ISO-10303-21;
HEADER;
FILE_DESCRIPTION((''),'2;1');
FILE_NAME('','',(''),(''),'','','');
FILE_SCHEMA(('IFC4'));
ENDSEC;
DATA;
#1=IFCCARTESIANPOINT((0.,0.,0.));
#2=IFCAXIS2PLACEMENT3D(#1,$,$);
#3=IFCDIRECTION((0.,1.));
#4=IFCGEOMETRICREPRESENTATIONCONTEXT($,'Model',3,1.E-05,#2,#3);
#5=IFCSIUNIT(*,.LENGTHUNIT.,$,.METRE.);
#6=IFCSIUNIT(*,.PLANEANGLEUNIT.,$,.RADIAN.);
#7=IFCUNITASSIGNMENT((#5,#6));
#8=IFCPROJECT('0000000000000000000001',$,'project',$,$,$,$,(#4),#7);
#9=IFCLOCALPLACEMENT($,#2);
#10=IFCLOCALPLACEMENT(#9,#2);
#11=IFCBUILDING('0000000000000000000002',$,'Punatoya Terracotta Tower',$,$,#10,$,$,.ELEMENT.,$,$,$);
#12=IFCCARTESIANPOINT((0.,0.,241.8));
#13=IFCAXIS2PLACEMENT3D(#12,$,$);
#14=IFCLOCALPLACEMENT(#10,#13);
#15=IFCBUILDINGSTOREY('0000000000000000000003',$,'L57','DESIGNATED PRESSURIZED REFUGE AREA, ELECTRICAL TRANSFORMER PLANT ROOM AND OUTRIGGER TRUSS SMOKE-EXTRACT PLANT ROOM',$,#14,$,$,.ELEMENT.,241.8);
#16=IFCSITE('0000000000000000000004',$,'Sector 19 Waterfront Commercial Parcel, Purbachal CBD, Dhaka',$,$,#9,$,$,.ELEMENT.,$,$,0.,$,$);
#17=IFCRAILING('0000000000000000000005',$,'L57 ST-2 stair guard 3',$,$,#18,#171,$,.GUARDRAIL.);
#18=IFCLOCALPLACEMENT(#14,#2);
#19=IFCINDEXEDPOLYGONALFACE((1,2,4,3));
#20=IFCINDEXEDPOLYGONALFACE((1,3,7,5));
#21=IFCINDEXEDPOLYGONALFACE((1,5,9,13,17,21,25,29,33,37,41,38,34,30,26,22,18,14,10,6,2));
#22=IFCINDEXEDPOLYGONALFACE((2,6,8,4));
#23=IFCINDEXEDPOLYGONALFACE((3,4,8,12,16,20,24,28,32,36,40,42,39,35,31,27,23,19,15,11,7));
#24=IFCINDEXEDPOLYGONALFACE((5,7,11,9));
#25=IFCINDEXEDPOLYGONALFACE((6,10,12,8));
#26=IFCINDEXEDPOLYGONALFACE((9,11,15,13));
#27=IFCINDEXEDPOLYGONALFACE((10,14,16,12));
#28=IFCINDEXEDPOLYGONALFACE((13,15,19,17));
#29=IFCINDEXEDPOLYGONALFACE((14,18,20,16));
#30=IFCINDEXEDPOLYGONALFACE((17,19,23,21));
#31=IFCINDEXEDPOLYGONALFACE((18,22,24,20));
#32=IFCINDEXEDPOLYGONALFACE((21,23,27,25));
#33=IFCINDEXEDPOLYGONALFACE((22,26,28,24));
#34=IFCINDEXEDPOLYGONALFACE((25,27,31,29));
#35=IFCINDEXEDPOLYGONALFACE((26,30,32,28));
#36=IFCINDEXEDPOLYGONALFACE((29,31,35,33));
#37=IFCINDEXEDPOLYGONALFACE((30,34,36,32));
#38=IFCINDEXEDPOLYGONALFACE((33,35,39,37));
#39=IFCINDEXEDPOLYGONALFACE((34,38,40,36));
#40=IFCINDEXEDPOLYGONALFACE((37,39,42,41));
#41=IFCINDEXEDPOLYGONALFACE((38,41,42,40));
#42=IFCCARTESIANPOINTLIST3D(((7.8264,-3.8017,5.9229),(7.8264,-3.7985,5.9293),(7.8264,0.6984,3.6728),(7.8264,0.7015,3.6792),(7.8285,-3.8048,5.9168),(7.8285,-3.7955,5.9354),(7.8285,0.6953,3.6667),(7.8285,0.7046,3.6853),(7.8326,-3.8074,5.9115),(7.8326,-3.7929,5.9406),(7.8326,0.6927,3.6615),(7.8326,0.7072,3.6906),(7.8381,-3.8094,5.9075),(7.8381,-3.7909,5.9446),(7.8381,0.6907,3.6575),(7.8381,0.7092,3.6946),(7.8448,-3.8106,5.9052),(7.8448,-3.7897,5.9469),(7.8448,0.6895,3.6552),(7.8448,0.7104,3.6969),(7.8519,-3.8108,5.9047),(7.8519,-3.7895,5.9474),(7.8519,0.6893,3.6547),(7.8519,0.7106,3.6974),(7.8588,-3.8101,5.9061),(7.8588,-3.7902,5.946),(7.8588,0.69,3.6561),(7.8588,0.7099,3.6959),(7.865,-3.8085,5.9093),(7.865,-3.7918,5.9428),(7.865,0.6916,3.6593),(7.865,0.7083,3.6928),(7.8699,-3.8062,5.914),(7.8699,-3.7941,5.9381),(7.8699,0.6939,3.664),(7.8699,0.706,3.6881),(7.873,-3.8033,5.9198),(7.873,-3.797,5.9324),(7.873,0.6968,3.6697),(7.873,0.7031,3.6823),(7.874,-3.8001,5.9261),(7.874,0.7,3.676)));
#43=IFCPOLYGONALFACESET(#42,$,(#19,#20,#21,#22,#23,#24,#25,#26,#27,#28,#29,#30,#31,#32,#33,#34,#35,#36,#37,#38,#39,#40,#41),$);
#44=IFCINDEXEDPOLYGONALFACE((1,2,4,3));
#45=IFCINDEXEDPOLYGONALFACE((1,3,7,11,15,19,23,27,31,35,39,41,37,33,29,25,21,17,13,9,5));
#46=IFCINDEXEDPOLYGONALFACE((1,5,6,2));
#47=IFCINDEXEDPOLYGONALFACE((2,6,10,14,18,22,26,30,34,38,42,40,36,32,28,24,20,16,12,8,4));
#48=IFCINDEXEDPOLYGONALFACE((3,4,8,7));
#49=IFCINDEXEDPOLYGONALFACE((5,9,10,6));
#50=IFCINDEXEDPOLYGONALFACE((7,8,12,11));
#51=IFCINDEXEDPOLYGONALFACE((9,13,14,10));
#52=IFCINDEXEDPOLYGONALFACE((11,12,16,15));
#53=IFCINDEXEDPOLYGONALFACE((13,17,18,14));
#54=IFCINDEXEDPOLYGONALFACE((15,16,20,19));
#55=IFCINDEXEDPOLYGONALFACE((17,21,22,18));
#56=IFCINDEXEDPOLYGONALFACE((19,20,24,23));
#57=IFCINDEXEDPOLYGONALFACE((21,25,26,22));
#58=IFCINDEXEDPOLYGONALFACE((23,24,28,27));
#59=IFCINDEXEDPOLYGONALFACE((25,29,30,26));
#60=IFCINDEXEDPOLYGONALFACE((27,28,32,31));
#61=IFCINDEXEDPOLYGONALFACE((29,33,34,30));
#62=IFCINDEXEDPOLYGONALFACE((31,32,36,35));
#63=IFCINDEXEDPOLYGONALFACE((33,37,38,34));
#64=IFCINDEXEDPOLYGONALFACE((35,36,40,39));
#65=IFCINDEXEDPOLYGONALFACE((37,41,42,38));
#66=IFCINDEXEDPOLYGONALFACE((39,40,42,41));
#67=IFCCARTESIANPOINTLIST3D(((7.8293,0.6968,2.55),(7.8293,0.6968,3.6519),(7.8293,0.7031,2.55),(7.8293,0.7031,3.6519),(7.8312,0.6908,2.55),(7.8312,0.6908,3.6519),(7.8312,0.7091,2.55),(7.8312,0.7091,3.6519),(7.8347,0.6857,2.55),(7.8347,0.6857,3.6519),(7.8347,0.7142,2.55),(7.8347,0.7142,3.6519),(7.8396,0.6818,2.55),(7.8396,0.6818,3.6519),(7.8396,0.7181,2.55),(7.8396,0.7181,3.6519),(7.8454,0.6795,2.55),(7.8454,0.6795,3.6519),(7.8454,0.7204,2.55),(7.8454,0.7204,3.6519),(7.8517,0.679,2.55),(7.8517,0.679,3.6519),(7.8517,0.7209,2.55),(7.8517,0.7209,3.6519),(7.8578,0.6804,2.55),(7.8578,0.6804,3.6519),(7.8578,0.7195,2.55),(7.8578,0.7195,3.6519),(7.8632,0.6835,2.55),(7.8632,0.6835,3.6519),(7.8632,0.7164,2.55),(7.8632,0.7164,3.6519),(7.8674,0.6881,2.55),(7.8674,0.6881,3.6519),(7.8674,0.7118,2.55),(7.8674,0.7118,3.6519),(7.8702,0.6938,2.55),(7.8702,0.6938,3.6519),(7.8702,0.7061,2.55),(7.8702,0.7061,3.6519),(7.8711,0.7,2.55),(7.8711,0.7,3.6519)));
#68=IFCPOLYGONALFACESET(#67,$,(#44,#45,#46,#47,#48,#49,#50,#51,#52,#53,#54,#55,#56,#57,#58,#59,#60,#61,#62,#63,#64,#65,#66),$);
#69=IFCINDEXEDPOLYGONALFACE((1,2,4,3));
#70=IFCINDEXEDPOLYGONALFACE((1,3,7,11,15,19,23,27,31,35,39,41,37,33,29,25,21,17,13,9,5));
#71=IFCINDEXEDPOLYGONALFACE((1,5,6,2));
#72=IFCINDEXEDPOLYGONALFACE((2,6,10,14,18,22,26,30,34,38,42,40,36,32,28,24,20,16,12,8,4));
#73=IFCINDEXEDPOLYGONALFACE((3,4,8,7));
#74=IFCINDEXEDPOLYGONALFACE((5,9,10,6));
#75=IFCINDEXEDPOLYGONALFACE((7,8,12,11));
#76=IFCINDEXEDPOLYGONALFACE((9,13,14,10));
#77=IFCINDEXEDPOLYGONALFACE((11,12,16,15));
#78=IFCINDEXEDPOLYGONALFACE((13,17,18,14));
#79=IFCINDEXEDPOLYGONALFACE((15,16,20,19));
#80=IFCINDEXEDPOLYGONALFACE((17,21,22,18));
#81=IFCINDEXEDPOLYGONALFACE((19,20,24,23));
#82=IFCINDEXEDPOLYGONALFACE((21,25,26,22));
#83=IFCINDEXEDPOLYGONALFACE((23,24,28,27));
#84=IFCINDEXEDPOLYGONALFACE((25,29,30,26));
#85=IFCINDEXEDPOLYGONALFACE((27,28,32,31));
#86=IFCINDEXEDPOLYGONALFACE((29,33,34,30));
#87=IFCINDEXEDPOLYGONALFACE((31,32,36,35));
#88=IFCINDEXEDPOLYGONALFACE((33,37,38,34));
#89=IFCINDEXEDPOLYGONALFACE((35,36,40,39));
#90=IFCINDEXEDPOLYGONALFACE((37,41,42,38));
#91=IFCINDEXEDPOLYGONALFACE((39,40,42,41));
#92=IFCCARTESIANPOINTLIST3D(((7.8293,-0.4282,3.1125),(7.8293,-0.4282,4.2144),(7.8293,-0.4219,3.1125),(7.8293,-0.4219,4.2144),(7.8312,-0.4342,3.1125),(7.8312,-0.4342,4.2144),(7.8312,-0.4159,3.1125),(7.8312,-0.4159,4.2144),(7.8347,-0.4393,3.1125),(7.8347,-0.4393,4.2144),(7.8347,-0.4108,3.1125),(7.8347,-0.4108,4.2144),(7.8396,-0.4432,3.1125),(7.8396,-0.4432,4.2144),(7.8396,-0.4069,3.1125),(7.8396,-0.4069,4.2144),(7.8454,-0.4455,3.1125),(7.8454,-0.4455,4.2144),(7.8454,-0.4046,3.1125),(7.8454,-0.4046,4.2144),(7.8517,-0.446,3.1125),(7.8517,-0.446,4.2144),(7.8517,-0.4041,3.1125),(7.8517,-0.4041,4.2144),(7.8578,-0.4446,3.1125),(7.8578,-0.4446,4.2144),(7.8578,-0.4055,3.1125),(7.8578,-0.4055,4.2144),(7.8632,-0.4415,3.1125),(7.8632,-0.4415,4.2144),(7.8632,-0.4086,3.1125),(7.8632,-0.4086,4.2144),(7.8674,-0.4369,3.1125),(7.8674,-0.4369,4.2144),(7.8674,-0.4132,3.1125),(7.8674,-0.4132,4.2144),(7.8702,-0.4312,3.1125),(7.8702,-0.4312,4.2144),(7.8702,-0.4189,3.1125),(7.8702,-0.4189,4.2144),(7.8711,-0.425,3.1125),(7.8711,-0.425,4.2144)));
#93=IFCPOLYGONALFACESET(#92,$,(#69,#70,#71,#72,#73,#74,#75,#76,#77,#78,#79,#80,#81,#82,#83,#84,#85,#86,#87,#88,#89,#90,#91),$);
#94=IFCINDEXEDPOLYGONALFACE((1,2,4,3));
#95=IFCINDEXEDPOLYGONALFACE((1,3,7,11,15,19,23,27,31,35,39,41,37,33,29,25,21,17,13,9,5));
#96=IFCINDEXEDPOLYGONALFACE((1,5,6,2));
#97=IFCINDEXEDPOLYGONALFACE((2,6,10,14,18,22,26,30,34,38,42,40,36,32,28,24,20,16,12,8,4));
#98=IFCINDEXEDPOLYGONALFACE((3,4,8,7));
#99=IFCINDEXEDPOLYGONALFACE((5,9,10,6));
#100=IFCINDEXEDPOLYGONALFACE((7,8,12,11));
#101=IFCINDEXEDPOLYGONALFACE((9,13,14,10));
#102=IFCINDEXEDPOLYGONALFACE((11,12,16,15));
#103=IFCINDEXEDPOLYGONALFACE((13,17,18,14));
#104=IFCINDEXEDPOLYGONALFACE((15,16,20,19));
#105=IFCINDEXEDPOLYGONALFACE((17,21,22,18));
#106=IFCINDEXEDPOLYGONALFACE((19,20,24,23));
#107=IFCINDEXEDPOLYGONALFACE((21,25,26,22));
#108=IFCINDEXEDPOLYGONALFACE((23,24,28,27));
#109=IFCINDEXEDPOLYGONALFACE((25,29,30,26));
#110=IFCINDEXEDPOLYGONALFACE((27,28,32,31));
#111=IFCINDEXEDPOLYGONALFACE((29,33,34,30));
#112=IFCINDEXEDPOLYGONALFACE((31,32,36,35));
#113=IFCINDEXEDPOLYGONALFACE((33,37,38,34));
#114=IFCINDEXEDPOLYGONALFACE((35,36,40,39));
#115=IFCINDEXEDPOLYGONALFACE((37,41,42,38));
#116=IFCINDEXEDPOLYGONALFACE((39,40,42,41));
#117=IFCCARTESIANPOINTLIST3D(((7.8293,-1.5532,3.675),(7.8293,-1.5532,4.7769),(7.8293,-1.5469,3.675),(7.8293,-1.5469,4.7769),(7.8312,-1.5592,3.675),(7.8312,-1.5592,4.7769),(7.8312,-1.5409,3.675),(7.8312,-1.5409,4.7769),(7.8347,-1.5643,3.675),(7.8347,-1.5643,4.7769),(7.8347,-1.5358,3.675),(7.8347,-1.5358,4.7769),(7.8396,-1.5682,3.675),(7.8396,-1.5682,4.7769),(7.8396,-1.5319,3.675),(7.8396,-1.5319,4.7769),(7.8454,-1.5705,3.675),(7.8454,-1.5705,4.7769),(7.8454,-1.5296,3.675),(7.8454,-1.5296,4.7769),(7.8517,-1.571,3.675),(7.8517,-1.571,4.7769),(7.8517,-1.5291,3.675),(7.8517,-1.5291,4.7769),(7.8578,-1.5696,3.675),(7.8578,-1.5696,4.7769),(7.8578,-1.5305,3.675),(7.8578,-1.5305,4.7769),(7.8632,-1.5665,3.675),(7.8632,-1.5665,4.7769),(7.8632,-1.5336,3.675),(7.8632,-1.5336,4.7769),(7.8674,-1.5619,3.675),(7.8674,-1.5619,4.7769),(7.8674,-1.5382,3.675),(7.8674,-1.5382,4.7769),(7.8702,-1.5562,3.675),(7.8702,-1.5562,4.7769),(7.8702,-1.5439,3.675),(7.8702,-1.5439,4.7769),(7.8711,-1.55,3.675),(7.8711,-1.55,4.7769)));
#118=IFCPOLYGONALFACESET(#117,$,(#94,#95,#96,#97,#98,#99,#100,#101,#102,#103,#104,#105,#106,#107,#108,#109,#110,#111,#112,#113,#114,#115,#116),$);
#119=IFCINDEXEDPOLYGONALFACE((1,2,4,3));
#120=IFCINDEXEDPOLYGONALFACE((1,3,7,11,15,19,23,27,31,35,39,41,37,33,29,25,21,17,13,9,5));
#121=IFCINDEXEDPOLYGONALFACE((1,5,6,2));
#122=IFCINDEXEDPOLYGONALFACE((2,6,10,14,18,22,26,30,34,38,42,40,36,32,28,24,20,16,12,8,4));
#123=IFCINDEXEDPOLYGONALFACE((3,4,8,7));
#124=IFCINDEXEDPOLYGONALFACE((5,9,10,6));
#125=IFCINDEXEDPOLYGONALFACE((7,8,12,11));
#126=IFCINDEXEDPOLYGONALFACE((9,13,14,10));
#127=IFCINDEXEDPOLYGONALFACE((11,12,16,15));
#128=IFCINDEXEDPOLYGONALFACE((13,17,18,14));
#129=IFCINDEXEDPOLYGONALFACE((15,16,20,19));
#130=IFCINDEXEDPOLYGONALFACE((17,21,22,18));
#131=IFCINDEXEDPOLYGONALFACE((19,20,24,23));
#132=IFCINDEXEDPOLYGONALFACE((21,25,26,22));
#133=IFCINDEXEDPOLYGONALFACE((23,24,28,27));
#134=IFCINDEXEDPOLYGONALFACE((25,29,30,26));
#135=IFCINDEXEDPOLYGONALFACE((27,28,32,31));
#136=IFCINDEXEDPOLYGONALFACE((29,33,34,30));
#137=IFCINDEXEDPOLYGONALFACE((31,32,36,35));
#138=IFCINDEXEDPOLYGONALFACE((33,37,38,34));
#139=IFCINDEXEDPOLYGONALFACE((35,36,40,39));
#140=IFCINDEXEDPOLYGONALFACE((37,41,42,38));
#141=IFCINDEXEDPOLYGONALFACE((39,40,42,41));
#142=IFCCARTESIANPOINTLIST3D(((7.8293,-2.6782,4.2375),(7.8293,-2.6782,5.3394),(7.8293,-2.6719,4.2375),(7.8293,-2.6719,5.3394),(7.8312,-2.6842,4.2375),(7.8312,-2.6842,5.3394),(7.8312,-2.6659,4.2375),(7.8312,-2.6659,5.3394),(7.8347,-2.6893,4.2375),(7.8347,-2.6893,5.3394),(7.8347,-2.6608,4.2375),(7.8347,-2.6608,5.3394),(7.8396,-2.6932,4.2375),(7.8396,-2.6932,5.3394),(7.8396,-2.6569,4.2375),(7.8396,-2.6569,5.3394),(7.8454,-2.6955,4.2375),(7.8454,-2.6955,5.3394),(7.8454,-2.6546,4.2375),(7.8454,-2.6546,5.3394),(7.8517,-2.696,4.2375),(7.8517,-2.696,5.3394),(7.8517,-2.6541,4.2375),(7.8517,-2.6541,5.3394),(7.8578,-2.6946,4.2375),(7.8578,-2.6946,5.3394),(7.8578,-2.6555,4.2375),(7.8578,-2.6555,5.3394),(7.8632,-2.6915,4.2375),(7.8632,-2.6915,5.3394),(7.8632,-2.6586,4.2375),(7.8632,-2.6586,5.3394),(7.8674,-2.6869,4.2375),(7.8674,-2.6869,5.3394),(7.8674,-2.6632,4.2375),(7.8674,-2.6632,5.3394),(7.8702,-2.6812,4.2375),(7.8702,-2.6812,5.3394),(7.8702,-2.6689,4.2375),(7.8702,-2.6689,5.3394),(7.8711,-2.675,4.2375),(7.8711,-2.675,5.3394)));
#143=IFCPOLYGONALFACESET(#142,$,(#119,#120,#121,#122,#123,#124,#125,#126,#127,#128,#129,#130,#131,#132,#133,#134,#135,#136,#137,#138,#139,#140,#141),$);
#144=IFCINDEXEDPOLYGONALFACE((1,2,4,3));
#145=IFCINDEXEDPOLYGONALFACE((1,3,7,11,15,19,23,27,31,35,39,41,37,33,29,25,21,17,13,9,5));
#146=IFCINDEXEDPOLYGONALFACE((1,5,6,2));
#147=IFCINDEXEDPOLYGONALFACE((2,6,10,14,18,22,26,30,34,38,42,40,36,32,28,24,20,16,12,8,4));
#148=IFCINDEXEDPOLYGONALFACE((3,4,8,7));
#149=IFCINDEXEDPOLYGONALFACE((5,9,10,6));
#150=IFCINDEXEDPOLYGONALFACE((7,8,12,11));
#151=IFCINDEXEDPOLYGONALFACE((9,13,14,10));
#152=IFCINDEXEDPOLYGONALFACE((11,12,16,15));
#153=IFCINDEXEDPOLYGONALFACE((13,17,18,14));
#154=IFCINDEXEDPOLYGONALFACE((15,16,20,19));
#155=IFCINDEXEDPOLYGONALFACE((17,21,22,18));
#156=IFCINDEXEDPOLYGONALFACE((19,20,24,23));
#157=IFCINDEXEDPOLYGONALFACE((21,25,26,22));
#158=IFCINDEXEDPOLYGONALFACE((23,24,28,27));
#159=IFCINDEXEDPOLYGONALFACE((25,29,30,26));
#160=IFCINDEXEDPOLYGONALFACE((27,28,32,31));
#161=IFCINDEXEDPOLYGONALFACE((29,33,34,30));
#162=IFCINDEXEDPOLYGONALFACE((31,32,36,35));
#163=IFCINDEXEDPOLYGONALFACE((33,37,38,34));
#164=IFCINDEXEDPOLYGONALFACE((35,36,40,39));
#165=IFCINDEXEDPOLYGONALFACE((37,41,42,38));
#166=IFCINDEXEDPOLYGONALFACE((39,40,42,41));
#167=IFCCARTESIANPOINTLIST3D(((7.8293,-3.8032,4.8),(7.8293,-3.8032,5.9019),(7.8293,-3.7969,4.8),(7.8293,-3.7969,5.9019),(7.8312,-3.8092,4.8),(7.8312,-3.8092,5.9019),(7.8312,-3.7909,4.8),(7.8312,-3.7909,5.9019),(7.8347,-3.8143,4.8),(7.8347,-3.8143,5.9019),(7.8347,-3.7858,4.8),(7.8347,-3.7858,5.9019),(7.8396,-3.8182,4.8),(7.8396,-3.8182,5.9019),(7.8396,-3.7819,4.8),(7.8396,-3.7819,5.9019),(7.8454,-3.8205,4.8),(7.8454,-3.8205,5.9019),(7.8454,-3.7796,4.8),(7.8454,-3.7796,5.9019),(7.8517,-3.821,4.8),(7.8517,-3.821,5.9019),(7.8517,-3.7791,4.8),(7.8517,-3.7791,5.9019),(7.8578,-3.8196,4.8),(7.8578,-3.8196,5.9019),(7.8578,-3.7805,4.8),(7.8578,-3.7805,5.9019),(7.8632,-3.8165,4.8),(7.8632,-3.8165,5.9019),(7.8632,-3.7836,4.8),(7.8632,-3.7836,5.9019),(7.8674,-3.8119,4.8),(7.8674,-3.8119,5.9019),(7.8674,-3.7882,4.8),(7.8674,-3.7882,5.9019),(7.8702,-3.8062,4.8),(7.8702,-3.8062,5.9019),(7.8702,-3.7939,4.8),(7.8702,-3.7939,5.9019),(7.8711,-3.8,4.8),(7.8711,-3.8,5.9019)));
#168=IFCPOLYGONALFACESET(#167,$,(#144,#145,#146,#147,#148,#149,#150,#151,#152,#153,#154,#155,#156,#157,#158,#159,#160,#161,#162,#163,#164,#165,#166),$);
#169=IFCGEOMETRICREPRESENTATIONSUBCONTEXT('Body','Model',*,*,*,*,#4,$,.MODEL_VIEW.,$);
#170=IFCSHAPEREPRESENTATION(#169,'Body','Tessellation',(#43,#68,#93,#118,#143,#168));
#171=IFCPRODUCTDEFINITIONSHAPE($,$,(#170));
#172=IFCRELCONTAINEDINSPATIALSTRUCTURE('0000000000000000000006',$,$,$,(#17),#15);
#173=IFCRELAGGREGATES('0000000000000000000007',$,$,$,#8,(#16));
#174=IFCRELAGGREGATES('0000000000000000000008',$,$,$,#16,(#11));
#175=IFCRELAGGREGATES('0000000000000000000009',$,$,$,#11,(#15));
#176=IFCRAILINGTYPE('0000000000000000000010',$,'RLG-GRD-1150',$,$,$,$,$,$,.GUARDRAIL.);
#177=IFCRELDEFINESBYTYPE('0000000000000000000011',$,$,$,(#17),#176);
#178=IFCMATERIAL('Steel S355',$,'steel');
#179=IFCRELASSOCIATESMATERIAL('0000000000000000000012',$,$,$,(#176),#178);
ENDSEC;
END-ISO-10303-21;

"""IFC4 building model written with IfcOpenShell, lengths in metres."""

from ifc_helpers import new_model, si_unit, direction, frame, origin, origin_2d, place, context, subcontext, project, spatial, circle, extrude, material, type_object, element, save


model = new_model("IFC4")

# Units and contexts
model_context = context("Model", 3, precision=1e-05, world=origin(), true_north=direction((0.0, 1.0)))
body_context = subcontext(model_context, "Body", "Model", "MODEL_VIEW")
ifc_project = project(units=[si_unit("LENGTHUNIT", "METRE"), si_unit("PLANEANGLEUNIT", "RADIAN")], contexts=[model_context])

# Site, building, storey
site_placement = place(None, origin())
site = spatial("IfcSite", under=ifc_project, at=site_placement, Name="Sector 19 Waterfront Commercial Parcel, Purbachal CBD, Dhaka", CompositionType="ELEMENT", RefElevation=0.0)
building_placement = place(site_placement, origin())
building = spatial("IfcBuilding", under=site, at=building_placement, Name="Punatoya Terracotta Tower", CompositionType="ELEMENT")
storey_placement = place(building_placement, frame((0.0, 0.0, 241.8)))
storey = spatial("IfcBuildingStorey", under=building, at=storey_placement, Name="L57", Description="DESIGNATED PRESSURIZED REFUGE AREA, ELECTRICAL TRANSFORMER PLANT ROOM AND OUTRIGGER TRUSS SMOKE-EXTRACT PLANT ROOM", CompositionType="ELEMENT", Elevation=241.8)

# Shared definitions
ifc_material_1 = material(Name="Steel S355", Category="steel")

# Railing
railing_type_1 = type_object("IfcRailingType", Name="RLG-GRD-1150", PredefinedType="GUARDRAIL", material=ifc_material_1)
railing_1_placement = place(storey_placement, frame((7.8501, 0.7, 2.55)))
element("IfcRailing", 1, at=railing_1_placement, inside=storey, type_object=railing_type_1, Name="L57 ST-2 stair guard 3", PredefinedType="GUARDRAIL", context=body_context, shape_type="SweptSolid", body=[
    extrude(circle(Radius=0.0239, at=origin_2d()), frame((0.0, 0.0, 1.126), z_axis=(0.0, -0.894427, 0.447214), x_axis=(1.0, 0.0, 0.0)), (0.0, 0.0, 1.0), 5.0312),
    extrude(circle(Radius=0.021, at=origin_2d()), origin(), (0.0, 0.0, 1.0), 1.1018),
    extrude(circle(Radius=0.021, at=origin_2d()), frame((0.0, -1.125, 0.5625)), (0.0, 0.0, 1.0), 1.1018),
    extrude(circle(Radius=0.021, at=origin_2d()), frame((0.0, -2.25, 1.125)), (0.0, 0.0, 1.0), 1.1018),
    extrude(circle(Radius=0.021, at=origin_2d()), frame((0.0, -3.375, 1.6875)), (0.0, 0.0, 1.0), 1.1018),
    extrude(circle(Radius=0.021, at=origin_2d()), frame((0.0, -4.5, 2.25)), (0.0, 0.0, 1.0), 1.1018),
])

save(model, "model.ifc")
